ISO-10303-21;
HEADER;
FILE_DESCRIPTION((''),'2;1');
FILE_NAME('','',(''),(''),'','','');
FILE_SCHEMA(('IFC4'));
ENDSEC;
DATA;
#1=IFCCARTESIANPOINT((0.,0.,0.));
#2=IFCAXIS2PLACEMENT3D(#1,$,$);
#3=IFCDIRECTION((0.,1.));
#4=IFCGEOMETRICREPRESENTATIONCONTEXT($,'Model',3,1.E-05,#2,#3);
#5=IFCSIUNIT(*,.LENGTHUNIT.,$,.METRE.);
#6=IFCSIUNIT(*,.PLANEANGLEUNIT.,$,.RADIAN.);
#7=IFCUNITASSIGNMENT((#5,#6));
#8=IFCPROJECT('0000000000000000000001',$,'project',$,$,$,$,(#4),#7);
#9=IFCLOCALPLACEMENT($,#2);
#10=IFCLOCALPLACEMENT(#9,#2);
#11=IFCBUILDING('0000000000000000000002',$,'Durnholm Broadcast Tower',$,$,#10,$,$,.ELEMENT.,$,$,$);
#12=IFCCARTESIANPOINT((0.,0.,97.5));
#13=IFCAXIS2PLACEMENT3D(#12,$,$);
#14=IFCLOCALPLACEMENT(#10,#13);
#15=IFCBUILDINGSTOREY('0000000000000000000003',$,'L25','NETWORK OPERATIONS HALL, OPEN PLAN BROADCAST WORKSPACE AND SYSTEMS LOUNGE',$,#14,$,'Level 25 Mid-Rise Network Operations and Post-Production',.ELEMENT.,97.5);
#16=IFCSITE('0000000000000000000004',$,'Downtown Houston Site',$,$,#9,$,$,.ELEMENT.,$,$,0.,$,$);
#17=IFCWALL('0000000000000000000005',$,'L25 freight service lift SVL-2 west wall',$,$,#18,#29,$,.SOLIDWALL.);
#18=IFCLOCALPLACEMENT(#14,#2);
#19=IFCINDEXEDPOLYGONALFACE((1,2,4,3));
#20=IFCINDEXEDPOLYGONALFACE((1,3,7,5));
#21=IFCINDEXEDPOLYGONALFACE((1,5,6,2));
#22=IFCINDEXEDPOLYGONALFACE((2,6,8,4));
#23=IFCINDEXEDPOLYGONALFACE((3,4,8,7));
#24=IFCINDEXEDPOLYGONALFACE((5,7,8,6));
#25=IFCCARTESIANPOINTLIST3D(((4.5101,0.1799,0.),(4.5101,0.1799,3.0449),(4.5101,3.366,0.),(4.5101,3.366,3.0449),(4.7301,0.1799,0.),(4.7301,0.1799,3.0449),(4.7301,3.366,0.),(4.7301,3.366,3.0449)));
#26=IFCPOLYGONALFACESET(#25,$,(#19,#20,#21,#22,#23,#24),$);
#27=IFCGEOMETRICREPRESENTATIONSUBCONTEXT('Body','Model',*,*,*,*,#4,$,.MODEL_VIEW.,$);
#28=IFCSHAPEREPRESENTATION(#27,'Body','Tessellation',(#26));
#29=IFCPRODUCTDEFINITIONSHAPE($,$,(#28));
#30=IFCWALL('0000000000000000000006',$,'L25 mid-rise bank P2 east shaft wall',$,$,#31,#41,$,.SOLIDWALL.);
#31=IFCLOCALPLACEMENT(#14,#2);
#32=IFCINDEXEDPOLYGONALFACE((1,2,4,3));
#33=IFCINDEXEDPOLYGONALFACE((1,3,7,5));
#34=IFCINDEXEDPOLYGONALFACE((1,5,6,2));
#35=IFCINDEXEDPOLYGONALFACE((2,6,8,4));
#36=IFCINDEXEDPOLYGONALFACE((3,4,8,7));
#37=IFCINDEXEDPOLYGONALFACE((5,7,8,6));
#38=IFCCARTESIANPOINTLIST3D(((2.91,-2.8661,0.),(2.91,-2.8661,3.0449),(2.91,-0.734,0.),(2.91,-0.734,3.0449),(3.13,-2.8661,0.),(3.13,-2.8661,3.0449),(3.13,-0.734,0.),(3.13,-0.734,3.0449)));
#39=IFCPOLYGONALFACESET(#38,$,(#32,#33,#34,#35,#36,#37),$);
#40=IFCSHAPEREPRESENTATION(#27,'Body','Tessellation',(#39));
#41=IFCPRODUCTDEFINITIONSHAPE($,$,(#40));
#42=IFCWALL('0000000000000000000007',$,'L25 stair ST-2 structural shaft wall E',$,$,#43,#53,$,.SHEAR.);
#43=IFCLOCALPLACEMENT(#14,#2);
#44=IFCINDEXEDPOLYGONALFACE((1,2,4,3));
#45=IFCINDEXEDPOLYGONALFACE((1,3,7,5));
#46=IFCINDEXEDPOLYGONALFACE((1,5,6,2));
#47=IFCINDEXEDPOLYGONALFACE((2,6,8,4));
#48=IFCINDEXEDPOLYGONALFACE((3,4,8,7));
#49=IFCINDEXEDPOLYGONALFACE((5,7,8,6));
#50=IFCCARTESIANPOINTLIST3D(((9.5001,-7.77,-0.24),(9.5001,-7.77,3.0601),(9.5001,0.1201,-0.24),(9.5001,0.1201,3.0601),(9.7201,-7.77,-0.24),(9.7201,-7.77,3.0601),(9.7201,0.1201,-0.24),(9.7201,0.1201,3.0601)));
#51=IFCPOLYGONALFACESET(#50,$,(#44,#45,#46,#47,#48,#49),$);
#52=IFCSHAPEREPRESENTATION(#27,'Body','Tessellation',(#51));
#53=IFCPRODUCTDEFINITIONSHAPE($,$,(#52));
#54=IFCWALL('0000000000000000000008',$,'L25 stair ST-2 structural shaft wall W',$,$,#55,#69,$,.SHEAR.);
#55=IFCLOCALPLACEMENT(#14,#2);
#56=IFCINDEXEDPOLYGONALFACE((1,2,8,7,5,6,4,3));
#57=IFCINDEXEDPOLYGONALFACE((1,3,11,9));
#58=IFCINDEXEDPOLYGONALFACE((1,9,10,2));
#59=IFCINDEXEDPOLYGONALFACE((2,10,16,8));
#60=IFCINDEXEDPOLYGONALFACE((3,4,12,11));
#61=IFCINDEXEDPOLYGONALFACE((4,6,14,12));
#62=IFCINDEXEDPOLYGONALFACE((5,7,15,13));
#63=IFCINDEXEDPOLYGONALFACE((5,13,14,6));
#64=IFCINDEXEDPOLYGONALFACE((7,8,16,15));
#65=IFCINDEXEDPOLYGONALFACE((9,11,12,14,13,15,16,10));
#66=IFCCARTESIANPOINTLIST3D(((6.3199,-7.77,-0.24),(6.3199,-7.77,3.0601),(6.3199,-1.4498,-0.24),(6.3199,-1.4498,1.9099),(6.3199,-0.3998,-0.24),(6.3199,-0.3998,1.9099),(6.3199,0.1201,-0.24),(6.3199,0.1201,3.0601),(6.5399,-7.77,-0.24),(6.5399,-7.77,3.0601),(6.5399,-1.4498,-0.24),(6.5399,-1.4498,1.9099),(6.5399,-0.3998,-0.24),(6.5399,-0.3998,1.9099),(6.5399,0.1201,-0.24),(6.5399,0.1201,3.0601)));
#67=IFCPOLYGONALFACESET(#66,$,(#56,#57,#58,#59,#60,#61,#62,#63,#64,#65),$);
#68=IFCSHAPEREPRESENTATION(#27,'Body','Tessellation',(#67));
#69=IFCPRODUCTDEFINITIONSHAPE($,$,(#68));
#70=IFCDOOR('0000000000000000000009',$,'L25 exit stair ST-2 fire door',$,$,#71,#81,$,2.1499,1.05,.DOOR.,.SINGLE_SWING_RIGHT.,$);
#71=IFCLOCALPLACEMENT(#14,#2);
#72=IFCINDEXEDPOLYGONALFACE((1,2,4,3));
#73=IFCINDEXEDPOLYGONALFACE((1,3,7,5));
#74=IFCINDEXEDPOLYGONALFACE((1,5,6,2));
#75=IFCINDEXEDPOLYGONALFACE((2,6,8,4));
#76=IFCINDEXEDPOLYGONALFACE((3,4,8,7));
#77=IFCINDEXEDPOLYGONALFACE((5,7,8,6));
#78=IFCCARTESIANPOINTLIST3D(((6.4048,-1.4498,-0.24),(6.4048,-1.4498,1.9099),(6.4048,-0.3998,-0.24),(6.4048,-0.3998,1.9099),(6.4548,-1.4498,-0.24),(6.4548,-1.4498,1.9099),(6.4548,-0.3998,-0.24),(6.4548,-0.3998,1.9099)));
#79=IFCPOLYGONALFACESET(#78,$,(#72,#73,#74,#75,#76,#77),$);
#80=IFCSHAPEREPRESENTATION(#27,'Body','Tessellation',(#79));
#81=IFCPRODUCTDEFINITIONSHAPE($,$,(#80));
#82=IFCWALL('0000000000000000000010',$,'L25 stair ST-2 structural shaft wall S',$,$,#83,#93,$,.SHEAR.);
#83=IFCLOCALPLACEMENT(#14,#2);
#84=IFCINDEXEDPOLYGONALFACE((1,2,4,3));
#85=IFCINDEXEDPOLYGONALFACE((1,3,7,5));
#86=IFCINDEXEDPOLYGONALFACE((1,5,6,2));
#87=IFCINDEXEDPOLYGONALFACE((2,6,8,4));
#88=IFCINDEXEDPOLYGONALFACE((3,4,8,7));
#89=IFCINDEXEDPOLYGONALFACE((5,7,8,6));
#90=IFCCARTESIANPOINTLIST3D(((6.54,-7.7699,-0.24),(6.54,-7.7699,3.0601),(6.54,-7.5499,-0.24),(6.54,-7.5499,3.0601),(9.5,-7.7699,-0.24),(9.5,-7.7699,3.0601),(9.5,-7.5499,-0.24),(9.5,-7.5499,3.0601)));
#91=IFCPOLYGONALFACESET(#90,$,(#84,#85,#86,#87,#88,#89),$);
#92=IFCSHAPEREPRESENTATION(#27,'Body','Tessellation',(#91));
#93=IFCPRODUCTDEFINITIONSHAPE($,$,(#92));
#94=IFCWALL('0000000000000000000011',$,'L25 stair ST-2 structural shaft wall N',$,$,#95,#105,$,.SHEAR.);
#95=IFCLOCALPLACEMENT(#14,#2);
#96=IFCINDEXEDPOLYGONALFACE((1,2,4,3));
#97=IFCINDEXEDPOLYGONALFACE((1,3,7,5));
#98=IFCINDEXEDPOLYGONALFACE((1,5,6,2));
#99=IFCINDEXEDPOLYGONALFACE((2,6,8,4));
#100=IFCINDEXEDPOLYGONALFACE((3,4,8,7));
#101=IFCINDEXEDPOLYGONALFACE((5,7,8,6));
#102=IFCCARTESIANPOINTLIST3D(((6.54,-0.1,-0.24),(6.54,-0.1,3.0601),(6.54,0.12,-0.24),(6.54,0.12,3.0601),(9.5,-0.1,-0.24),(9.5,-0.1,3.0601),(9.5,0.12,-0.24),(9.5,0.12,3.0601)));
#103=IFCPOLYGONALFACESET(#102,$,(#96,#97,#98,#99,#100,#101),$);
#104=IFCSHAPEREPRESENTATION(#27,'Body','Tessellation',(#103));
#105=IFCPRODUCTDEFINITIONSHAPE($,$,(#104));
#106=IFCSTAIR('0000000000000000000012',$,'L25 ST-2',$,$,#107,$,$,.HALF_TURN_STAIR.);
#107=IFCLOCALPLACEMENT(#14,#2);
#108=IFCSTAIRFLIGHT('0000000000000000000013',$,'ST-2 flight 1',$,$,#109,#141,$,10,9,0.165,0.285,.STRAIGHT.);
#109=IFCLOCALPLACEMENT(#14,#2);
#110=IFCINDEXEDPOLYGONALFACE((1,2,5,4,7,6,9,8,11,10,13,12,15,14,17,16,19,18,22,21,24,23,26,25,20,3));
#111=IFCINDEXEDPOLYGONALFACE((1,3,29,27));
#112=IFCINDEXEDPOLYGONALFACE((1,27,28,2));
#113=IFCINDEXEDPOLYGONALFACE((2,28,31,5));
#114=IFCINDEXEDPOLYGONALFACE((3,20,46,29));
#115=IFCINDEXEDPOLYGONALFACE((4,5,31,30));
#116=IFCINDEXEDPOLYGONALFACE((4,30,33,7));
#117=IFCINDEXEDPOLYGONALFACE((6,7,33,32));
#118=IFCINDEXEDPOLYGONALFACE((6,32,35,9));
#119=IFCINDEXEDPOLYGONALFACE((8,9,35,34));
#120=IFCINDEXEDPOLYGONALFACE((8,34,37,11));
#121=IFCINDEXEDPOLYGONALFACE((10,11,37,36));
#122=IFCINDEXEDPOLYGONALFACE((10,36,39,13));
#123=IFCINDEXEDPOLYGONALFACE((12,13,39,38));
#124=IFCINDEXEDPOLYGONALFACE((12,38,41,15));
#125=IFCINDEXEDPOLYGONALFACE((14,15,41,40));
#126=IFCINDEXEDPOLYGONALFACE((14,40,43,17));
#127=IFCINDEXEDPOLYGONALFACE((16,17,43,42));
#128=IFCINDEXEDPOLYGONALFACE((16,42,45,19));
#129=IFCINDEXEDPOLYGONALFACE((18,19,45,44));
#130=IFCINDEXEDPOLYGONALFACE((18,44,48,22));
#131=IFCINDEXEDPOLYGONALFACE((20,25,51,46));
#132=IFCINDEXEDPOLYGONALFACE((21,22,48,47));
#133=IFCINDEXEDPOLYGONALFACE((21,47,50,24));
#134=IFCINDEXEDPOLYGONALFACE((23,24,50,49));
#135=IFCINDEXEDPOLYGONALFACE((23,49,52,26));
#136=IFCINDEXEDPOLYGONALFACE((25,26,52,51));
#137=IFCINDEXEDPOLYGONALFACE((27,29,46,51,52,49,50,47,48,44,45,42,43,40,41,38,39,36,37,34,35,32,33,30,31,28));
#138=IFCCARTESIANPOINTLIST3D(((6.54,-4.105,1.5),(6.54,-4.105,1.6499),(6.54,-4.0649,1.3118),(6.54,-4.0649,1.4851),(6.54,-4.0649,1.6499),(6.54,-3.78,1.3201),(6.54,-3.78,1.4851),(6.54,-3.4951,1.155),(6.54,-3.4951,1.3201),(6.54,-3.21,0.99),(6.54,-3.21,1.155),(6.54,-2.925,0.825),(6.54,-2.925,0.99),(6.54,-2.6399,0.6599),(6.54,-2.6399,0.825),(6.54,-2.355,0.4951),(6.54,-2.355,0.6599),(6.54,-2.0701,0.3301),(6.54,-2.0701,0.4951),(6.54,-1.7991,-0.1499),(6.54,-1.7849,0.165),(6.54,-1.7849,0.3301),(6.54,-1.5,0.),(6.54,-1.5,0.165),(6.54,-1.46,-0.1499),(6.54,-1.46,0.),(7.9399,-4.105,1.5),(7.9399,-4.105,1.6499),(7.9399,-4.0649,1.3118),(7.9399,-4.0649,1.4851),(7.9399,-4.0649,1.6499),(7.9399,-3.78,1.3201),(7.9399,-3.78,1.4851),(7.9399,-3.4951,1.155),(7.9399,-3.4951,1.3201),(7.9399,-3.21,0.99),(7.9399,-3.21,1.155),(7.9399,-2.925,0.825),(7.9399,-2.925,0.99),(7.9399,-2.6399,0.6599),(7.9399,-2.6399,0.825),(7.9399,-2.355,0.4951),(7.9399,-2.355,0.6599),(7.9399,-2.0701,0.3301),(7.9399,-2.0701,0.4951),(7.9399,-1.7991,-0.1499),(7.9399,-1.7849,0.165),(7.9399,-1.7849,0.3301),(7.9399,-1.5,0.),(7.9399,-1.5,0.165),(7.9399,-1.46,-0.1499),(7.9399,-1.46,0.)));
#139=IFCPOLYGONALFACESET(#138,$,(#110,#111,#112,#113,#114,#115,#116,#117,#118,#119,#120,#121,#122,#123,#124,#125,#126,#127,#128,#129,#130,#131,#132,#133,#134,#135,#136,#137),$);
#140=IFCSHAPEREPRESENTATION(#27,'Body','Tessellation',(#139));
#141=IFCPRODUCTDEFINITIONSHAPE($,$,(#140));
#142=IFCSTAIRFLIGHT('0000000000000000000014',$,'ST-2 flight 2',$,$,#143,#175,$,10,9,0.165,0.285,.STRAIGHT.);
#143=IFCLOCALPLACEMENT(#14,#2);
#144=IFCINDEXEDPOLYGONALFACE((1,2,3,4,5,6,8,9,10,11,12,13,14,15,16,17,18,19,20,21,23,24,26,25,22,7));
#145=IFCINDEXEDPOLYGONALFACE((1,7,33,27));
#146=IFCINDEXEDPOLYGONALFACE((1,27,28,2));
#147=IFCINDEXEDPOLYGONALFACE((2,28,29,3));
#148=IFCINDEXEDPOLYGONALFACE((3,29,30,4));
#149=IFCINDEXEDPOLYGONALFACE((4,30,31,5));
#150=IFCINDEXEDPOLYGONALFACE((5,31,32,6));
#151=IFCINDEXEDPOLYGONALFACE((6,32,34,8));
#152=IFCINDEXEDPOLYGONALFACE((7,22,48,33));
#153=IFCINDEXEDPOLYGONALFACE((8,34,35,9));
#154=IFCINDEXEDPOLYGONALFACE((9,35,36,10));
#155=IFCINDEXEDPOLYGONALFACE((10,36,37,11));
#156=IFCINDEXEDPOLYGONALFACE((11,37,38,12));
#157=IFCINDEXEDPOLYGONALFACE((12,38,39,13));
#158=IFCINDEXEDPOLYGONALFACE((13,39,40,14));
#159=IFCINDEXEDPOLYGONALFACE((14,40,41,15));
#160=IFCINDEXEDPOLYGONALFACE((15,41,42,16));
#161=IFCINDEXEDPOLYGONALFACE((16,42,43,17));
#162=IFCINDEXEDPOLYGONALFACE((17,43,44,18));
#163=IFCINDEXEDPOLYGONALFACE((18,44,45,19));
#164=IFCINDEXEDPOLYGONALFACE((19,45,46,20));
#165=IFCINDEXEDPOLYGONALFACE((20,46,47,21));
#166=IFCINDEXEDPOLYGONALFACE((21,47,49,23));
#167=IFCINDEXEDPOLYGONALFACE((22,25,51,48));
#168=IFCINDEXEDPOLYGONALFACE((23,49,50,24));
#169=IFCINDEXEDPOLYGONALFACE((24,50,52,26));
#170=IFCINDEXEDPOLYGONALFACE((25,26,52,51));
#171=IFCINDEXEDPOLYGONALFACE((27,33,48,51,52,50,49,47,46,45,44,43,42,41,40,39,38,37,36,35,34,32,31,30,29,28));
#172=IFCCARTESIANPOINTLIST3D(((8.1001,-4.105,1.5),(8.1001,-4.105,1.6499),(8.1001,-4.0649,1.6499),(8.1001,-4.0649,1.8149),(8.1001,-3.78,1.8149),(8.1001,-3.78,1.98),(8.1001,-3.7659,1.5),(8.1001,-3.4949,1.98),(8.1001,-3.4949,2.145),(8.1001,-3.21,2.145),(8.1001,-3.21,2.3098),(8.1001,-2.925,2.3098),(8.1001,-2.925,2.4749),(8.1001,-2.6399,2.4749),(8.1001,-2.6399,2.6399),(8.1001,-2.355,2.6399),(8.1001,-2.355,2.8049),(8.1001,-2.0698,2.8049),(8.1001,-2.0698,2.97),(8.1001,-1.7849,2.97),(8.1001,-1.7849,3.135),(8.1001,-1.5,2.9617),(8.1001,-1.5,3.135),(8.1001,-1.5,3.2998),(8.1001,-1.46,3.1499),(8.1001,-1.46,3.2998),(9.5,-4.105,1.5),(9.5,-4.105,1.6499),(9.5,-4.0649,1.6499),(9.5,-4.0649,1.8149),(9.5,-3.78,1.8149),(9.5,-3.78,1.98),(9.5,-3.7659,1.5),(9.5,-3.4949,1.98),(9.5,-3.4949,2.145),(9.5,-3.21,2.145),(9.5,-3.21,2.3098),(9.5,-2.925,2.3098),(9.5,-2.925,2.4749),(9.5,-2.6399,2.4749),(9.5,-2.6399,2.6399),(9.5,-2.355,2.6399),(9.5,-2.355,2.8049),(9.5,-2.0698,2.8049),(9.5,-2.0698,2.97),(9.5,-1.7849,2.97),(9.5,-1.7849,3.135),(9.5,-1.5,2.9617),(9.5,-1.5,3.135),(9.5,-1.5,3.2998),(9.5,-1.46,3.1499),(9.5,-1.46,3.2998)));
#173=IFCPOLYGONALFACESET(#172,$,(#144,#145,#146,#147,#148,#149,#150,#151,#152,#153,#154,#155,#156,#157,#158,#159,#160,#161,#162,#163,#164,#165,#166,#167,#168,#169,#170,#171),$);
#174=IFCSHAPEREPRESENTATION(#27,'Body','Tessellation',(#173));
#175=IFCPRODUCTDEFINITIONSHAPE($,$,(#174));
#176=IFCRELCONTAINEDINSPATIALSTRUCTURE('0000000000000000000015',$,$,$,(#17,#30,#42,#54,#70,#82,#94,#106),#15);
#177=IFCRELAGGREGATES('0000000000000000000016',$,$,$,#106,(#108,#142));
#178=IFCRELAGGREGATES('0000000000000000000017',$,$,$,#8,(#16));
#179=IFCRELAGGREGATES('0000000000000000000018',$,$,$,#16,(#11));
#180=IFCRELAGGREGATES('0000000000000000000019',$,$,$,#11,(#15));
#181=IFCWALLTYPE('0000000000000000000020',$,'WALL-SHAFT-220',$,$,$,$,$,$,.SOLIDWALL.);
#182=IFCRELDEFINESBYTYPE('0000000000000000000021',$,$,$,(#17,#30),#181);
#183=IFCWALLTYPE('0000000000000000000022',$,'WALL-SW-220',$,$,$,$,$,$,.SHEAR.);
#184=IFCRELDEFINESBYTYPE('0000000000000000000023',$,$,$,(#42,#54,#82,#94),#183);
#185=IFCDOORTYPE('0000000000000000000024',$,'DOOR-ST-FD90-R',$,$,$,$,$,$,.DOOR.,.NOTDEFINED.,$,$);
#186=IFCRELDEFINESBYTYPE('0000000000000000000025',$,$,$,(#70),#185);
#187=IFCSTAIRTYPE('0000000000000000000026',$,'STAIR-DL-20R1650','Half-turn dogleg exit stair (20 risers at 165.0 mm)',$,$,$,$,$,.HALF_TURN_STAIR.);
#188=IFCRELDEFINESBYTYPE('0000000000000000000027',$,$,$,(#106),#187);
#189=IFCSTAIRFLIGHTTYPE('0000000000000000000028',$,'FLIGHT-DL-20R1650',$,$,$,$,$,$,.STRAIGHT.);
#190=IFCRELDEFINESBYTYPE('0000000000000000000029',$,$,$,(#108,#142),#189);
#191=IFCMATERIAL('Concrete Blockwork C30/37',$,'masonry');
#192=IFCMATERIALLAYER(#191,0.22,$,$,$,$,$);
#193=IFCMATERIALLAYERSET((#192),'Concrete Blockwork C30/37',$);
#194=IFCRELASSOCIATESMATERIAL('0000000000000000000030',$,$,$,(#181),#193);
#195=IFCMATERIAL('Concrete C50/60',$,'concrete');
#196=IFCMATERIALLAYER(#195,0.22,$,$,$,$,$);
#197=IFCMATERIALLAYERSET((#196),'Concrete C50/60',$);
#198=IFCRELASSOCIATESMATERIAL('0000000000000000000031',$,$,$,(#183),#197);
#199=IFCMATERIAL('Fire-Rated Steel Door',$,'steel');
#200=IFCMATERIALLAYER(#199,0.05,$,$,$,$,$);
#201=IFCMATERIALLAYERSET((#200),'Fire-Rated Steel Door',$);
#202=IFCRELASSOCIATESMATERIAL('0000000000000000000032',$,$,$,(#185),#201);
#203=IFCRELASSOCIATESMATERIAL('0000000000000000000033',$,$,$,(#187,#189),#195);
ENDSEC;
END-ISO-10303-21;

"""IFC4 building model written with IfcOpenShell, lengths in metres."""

from ifc_helpers import new_model, si_unit, direction, frame, frame_2d, origin, place, context, subcontext, project, spatial, polyline, rectangle, outline, extrude, source, transform, mapped, material, layer, layer_set, type_object, type_shapes, element, fill, aggregate, save


model = new_model("IFC4")

# Units and contexts
model_context = context("Model", 3, precision=1e-05, world=origin(), true_north=direction((0.0, 1.0)))
body_context = subcontext(model_context, "Body", "Model", "MODEL_VIEW")
ifc_project = project(units=[si_unit("LENGTHUNIT", "METRE"), si_unit("PLANEANGLEUNIT", "RADIAN")], contexts=[model_context])

# Site, building, storey
site_placement = place(None, origin())
site = spatial("IfcSite", under=ifc_project, at=site_placement, Name="Downtown Houston Site", CompositionType="ELEMENT", RefElevation=0.0)
building_placement = place(site_placement, origin())
building = spatial("IfcBuilding", under=site, at=building_placement, Name="Durnholm Broadcast Tower", CompositionType="ELEMENT")
storey_placement = place(building_placement, frame((0.0, 0.0, 97.5)))
storey = spatial("IfcBuildingStorey", under=building, at=storey_placement, Name="L25", Description="NETWORK OPERATIONS HALL, OPEN PLAN BROADCAST WORKSPACE AND SYSTEMS LOUNGE", LongName="Level 25 Mid-Rise Network Operations and Post-Production", CompositionType="ELEMENT", Elevation=97.5)

# Walls
ifc_material_1 = material(Name="Concrete Blockwork C30/37", Category="masonry")
ifc_layer_1 = layer(ifc_material_1, 0.22)
ifc_layer_set_1 = layer_set([ifc_layer_1], Name="Concrete Blockwork C30/37")
wall_type_1 = type_object("IfcWallType", Name="WALL-SHAFT-220", PredefinedType="SOLIDWALL", material=ifc_layer_set_1)
wall_1_placement = place(storey_placement, frame((4.6201, 0.1799, 0.0), z_axis=(0.0, 0.0, 1.0), x_axis=(0.0, 1.0, 0.0)))
element("IfcWall", 1, at=wall_1_placement, inside=storey, type_object=wall_type_1, Name="L25 freight service lift SVL-2 west wall", PredefinedType="SOLIDWALL", context=body_context, shape_type="SweptSolid", body=[
    extrude(rectangle(XDim=3.186, YDim=0.22, at=frame_2d((1.593, 0.0))), origin(), (0.0, 0.0, 1.0), 3.0449),
])
wall_2_placement = place(storey_placement, frame((3.02, -2.866, 0.0), z_axis=(0.0, 0.0, 1.0), x_axis=(0.0, 1.0, 0.0)))
element("IfcWall", 2, at=wall_2_placement, inside=storey, type_object=wall_type_1, Name="L25 mid-rise bank P2 east shaft wall", PredefinedType="SOLIDWALL", context=body_context, shape_type="SweptSolid", body=[
    extrude(rectangle(XDim=2.1321, YDim=0.22, at=frame_2d((1.0659, 0.0))), origin(), (0.0, 0.0, 1.0), 3.0449),
])
ifc_material_2 = material(Name="Concrete C50/60", Category="concrete")
ifc_layer_2 = layer(ifc_material_2, 0.22)
ifc_layer_set_2 = layer_set([ifc_layer_2], Name="Concrete C50/60")
wall_type_2 = type_object("IfcWallType", Name="WALL-SW-220", PredefinedType="SHEAR", material=ifc_layer_set_2)
wall_3_placement = place(storey_placement, frame((9.6101, -7.77, -0.24), z_axis=(0.0, 0.0, 1.0), x_axis=(0.0, 1.0, 0.0)))
element("IfcWall", 3, at=wall_3_placement, inside=storey, type_object=wall_type_2, Name="L25 stair ST-2 structural shaft wall E", PredefinedType="SHEAR", context=body_context, shape_type="SweptSolid", body=[
    extrude(rectangle(XDim=7.8901, YDim=0.22, at=frame_2d((3.9451, 0.0))), origin(), (0.0, 0.0, 1.0), 3.3),
])

# Wall, opening, door
wall_4_placement = place(storey_placement, frame((6.4299, 0.1201, -0.24), z_axis=(0.0, 0.0, 1.0), x_axis=(0.0, -1.0, 0.0)))
wall_4 = element("IfcWall", 4, at=wall_4_placement, inside=storey, type_object=wall_type_2, Name="L25 stair ST-2 structural shaft wall W", PredefinedType="SHEAR", context=body_context, shape_type="SweptSolid", body=[
    extrude(rectangle(XDim=7.8901, YDim=0.22, at=frame_2d((3.9451, 0.0))), origin(), (0.0, 0.0, 1.0), 3.3),
])
opening_1_placement = place(wall_4_placement, frame((0.52, 0.0, 0.0)))
opening_1 = element("IfcOpeningElement", 5, at=opening_1_placement, cuts=wall_4, PredefinedType="OPENING", context=body_context, shape_type="SweptSolid", body=[
    extrude(rectangle(XDim=1.05, YDim=2.1499, at=frame_2d((0.5249, 1.075))), frame((0.0, 0.1201, 0.0), z_axis=(0.0, -1.0, 0.0), x_axis=(1.0, 0.0, 0.0)), (0.0, 0.0, 1.0), 0.24),
])
ifc_material_3 = material(Name="Fire-Rated Steel Door", Category="steel")
ifc_layer_3 = layer(ifc_material_3, 0.05)
ifc_layer_set_3 = layer_set([ifc_layer_3], Name="Fire-Rated Steel Door")
door_type_1 = type_object("IfcDoorType", Name="DOOR-ST-FD90-R", OperationType="NOTDEFINED", PredefinedType="DOOR", material=ifc_layer_set_3)
shared_shape_1 = source(origin(), body_context, "Body", "SweptSolid", [
    extrude(rectangle(XDim=1.05, YDim=2.1499, at=frame_2d((0.5249, 1.075))), frame((0.0, 0.0249, 0.0), z_axis=(0.0, -1.0, 0.0), x_axis=(1.0, 0.0, 0.0)), (0.0, 0.0, 1.0), 0.05),
])
type_shapes(door_type_1, [shared_shape_1])
door_1_placement = place(opening_1_placement, origin())
door_1 = element("IfcDoor", 6, at=door_1_placement, inside=storey, type_object=door_type_1, Name="L25 exit stair ST-2 fire door", OperationType="SINGLE_SWING_RIGHT", OverallHeight=2.1499, OverallWidth=1.05, PredefinedType="DOOR", context=body_context, shape_type="MappedRepresentation", body=[
    mapped(shared_shape_1, transform((0.0, 0.0, 0.0), x_axis=(1.0, 0.0, 0.0), y_axis=(0.0, 1.0, 0.0), z_axis=(0.0, 0.0, 1.0), scale=1.0)),
])
fill(opening_1, door_1)

# Walls
for number, where, z_axis, x_axis, name in (
    (7, (6.54, -7.6599, -0.24), (0.0, 0.0, 1.0), (1.0, 0.0, 0.0), "L25 stair ST-2 structural shaft wall S"),
    (8, (9.5, 0.01, -0.24), (0.0, 0.0, 1.0), (-1.0, 0.0, 0.0), "L25 stair ST-2 structural shaft wall N"),
):
    element("IfcWall", number, at=place(storey_placement, frame(where, z_axis=z_axis, x_axis=x_axis)), inside=storey, type_object=wall_type_2, Name=name, PredefinedType="SHEAR", context=body_context, shape_type="SweptSolid", body=[
        extrude(rectangle(XDim=2.96, YDim=0.22, at=frame_2d((1.48, 0.0))), origin(), (0.0, 0.0, 1.0), 3.3),
    ])

# Stair, stair flights
stair_type = type_object("IfcStairType", Name="STAIR-DL-20R1650", Description="Half-turn dogleg exit stair (20 risers at 165.0 mm)", PredefinedType="HALF_TURN_STAIR", material=ifc_material_2)
stair_placement = place(storey_placement, origin())
stair = element("IfcStair", 9, at=stair_placement, inside=storey, type_object=stair_type, Name="L25 ST-2", PredefinedType="HALF_TURN_STAIR")
stair_flight_type = type_object("IfcStairFlightType", Name="FLIGHT-DL-20R1650", PredefinedType="STRAIGHT", material=ifc_material_2)
stair_flight_1_placement = place(storey_placement, frame((7.24, -1.5, 0.0), z_axis=(0.0, 0.0, 1.0), x_axis=(0.0, -1.0, 0.0)))
stair_flight_1 = element("IfcStairFlight", 10, at=stair_flight_1_placement, type_object=stair_flight_type, Name="ST-2 flight 1", NumberOfRisers=10, NumberOfTreads=9, PredefinedType="STRAIGHT", RiserHeight=0.165, TreadLength=0.285, context=body_context, shape_type="SweptSolid", body=[
    extrude(outline(polyline([(-0.04, -0.1499), (-0.04, 0.0), (0.0, 0.0), (0.0, 0.165), (0.2849, 0.165), (0.2849, 0.3301), (0.5701, 0.3301), (0.5701, 0.4951), (0.855, 0.4951), (0.855, 0.6599), (1.1399, 0.6599), (1.1399, 0.825), (1.425, 0.825), (1.425, 0.99), (1.71, 0.99), (1.71, 1.155), (1.9951, 1.155), (1.9951, 1.3201), (2.28, 1.3201), (2.28, 1.4851), (2.5649, 1.4851), (2.5649, 1.6499), (2.605, 1.6499), (2.605, 1.5), (2.5649, 1.3118), (0.2991, -0.1499), (-0.04, -0.1499)])), frame((0.0, 0.7, 0.0), z_axis=(0.0, -1.0, 0.0), x_axis=(1.0, 0.0, 0.0)), (0.0, 0.0, 1.0), 1.3999),
])
stair_flight_2_placement = place(storey_placement, frame((8.8, -4.0649, 1.6499), z_axis=(0.0, 0.0, 1.0), x_axis=(0.0, 1.0, 0.0)))
stair_flight_2 = element("IfcStairFlight", 11, at=stair_flight_2_placement, type_object=stair_flight_type, Name="ST-2 flight 2", NumberOfRisers=10, NumberOfTreads=9, PredefinedType="STRAIGHT", RiserHeight=0.165, TreadLength=0.285, context=body_context, shape_type="SweptSolid", body=[
    extrude(outline(polyline([(-0.04, -0.1499), (-0.04, 0.0), (0.0, 0.0), (0.0, 0.165), (0.2849, 0.165), (0.2849, 0.3301), (0.5701, 0.3301), (0.5701, 0.4951), (0.855, 0.4951), (0.855, 0.6599), (1.1399, 0.6599), (1.1399, 0.825), (1.425, 0.825), (1.425, 0.99), (1.71, 0.99), (1.71, 1.155), (1.9951, 1.155), (1.9951, 1.3201), (2.28, 1.3201), (2.28, 1.4851), (2.5649, 1.4851), (2.5649, 1.6499), (2.605, 1.6499), (2.605, 1.5), (2.5649, 1.3118), (0.2991, -0.1499), (-0.04, -0.1499)])), frame((0.0, 0.7, 0.0), z_axis=(0.0, -1.0, 0.0), x_axis=(1.0, 0.0, 0.0)), (0.0, 0.0, 1.0), 1.3999),
])
aggregate(stair, [stair_flight_1, stair_flight_2])

save(model, "model.ifc")
